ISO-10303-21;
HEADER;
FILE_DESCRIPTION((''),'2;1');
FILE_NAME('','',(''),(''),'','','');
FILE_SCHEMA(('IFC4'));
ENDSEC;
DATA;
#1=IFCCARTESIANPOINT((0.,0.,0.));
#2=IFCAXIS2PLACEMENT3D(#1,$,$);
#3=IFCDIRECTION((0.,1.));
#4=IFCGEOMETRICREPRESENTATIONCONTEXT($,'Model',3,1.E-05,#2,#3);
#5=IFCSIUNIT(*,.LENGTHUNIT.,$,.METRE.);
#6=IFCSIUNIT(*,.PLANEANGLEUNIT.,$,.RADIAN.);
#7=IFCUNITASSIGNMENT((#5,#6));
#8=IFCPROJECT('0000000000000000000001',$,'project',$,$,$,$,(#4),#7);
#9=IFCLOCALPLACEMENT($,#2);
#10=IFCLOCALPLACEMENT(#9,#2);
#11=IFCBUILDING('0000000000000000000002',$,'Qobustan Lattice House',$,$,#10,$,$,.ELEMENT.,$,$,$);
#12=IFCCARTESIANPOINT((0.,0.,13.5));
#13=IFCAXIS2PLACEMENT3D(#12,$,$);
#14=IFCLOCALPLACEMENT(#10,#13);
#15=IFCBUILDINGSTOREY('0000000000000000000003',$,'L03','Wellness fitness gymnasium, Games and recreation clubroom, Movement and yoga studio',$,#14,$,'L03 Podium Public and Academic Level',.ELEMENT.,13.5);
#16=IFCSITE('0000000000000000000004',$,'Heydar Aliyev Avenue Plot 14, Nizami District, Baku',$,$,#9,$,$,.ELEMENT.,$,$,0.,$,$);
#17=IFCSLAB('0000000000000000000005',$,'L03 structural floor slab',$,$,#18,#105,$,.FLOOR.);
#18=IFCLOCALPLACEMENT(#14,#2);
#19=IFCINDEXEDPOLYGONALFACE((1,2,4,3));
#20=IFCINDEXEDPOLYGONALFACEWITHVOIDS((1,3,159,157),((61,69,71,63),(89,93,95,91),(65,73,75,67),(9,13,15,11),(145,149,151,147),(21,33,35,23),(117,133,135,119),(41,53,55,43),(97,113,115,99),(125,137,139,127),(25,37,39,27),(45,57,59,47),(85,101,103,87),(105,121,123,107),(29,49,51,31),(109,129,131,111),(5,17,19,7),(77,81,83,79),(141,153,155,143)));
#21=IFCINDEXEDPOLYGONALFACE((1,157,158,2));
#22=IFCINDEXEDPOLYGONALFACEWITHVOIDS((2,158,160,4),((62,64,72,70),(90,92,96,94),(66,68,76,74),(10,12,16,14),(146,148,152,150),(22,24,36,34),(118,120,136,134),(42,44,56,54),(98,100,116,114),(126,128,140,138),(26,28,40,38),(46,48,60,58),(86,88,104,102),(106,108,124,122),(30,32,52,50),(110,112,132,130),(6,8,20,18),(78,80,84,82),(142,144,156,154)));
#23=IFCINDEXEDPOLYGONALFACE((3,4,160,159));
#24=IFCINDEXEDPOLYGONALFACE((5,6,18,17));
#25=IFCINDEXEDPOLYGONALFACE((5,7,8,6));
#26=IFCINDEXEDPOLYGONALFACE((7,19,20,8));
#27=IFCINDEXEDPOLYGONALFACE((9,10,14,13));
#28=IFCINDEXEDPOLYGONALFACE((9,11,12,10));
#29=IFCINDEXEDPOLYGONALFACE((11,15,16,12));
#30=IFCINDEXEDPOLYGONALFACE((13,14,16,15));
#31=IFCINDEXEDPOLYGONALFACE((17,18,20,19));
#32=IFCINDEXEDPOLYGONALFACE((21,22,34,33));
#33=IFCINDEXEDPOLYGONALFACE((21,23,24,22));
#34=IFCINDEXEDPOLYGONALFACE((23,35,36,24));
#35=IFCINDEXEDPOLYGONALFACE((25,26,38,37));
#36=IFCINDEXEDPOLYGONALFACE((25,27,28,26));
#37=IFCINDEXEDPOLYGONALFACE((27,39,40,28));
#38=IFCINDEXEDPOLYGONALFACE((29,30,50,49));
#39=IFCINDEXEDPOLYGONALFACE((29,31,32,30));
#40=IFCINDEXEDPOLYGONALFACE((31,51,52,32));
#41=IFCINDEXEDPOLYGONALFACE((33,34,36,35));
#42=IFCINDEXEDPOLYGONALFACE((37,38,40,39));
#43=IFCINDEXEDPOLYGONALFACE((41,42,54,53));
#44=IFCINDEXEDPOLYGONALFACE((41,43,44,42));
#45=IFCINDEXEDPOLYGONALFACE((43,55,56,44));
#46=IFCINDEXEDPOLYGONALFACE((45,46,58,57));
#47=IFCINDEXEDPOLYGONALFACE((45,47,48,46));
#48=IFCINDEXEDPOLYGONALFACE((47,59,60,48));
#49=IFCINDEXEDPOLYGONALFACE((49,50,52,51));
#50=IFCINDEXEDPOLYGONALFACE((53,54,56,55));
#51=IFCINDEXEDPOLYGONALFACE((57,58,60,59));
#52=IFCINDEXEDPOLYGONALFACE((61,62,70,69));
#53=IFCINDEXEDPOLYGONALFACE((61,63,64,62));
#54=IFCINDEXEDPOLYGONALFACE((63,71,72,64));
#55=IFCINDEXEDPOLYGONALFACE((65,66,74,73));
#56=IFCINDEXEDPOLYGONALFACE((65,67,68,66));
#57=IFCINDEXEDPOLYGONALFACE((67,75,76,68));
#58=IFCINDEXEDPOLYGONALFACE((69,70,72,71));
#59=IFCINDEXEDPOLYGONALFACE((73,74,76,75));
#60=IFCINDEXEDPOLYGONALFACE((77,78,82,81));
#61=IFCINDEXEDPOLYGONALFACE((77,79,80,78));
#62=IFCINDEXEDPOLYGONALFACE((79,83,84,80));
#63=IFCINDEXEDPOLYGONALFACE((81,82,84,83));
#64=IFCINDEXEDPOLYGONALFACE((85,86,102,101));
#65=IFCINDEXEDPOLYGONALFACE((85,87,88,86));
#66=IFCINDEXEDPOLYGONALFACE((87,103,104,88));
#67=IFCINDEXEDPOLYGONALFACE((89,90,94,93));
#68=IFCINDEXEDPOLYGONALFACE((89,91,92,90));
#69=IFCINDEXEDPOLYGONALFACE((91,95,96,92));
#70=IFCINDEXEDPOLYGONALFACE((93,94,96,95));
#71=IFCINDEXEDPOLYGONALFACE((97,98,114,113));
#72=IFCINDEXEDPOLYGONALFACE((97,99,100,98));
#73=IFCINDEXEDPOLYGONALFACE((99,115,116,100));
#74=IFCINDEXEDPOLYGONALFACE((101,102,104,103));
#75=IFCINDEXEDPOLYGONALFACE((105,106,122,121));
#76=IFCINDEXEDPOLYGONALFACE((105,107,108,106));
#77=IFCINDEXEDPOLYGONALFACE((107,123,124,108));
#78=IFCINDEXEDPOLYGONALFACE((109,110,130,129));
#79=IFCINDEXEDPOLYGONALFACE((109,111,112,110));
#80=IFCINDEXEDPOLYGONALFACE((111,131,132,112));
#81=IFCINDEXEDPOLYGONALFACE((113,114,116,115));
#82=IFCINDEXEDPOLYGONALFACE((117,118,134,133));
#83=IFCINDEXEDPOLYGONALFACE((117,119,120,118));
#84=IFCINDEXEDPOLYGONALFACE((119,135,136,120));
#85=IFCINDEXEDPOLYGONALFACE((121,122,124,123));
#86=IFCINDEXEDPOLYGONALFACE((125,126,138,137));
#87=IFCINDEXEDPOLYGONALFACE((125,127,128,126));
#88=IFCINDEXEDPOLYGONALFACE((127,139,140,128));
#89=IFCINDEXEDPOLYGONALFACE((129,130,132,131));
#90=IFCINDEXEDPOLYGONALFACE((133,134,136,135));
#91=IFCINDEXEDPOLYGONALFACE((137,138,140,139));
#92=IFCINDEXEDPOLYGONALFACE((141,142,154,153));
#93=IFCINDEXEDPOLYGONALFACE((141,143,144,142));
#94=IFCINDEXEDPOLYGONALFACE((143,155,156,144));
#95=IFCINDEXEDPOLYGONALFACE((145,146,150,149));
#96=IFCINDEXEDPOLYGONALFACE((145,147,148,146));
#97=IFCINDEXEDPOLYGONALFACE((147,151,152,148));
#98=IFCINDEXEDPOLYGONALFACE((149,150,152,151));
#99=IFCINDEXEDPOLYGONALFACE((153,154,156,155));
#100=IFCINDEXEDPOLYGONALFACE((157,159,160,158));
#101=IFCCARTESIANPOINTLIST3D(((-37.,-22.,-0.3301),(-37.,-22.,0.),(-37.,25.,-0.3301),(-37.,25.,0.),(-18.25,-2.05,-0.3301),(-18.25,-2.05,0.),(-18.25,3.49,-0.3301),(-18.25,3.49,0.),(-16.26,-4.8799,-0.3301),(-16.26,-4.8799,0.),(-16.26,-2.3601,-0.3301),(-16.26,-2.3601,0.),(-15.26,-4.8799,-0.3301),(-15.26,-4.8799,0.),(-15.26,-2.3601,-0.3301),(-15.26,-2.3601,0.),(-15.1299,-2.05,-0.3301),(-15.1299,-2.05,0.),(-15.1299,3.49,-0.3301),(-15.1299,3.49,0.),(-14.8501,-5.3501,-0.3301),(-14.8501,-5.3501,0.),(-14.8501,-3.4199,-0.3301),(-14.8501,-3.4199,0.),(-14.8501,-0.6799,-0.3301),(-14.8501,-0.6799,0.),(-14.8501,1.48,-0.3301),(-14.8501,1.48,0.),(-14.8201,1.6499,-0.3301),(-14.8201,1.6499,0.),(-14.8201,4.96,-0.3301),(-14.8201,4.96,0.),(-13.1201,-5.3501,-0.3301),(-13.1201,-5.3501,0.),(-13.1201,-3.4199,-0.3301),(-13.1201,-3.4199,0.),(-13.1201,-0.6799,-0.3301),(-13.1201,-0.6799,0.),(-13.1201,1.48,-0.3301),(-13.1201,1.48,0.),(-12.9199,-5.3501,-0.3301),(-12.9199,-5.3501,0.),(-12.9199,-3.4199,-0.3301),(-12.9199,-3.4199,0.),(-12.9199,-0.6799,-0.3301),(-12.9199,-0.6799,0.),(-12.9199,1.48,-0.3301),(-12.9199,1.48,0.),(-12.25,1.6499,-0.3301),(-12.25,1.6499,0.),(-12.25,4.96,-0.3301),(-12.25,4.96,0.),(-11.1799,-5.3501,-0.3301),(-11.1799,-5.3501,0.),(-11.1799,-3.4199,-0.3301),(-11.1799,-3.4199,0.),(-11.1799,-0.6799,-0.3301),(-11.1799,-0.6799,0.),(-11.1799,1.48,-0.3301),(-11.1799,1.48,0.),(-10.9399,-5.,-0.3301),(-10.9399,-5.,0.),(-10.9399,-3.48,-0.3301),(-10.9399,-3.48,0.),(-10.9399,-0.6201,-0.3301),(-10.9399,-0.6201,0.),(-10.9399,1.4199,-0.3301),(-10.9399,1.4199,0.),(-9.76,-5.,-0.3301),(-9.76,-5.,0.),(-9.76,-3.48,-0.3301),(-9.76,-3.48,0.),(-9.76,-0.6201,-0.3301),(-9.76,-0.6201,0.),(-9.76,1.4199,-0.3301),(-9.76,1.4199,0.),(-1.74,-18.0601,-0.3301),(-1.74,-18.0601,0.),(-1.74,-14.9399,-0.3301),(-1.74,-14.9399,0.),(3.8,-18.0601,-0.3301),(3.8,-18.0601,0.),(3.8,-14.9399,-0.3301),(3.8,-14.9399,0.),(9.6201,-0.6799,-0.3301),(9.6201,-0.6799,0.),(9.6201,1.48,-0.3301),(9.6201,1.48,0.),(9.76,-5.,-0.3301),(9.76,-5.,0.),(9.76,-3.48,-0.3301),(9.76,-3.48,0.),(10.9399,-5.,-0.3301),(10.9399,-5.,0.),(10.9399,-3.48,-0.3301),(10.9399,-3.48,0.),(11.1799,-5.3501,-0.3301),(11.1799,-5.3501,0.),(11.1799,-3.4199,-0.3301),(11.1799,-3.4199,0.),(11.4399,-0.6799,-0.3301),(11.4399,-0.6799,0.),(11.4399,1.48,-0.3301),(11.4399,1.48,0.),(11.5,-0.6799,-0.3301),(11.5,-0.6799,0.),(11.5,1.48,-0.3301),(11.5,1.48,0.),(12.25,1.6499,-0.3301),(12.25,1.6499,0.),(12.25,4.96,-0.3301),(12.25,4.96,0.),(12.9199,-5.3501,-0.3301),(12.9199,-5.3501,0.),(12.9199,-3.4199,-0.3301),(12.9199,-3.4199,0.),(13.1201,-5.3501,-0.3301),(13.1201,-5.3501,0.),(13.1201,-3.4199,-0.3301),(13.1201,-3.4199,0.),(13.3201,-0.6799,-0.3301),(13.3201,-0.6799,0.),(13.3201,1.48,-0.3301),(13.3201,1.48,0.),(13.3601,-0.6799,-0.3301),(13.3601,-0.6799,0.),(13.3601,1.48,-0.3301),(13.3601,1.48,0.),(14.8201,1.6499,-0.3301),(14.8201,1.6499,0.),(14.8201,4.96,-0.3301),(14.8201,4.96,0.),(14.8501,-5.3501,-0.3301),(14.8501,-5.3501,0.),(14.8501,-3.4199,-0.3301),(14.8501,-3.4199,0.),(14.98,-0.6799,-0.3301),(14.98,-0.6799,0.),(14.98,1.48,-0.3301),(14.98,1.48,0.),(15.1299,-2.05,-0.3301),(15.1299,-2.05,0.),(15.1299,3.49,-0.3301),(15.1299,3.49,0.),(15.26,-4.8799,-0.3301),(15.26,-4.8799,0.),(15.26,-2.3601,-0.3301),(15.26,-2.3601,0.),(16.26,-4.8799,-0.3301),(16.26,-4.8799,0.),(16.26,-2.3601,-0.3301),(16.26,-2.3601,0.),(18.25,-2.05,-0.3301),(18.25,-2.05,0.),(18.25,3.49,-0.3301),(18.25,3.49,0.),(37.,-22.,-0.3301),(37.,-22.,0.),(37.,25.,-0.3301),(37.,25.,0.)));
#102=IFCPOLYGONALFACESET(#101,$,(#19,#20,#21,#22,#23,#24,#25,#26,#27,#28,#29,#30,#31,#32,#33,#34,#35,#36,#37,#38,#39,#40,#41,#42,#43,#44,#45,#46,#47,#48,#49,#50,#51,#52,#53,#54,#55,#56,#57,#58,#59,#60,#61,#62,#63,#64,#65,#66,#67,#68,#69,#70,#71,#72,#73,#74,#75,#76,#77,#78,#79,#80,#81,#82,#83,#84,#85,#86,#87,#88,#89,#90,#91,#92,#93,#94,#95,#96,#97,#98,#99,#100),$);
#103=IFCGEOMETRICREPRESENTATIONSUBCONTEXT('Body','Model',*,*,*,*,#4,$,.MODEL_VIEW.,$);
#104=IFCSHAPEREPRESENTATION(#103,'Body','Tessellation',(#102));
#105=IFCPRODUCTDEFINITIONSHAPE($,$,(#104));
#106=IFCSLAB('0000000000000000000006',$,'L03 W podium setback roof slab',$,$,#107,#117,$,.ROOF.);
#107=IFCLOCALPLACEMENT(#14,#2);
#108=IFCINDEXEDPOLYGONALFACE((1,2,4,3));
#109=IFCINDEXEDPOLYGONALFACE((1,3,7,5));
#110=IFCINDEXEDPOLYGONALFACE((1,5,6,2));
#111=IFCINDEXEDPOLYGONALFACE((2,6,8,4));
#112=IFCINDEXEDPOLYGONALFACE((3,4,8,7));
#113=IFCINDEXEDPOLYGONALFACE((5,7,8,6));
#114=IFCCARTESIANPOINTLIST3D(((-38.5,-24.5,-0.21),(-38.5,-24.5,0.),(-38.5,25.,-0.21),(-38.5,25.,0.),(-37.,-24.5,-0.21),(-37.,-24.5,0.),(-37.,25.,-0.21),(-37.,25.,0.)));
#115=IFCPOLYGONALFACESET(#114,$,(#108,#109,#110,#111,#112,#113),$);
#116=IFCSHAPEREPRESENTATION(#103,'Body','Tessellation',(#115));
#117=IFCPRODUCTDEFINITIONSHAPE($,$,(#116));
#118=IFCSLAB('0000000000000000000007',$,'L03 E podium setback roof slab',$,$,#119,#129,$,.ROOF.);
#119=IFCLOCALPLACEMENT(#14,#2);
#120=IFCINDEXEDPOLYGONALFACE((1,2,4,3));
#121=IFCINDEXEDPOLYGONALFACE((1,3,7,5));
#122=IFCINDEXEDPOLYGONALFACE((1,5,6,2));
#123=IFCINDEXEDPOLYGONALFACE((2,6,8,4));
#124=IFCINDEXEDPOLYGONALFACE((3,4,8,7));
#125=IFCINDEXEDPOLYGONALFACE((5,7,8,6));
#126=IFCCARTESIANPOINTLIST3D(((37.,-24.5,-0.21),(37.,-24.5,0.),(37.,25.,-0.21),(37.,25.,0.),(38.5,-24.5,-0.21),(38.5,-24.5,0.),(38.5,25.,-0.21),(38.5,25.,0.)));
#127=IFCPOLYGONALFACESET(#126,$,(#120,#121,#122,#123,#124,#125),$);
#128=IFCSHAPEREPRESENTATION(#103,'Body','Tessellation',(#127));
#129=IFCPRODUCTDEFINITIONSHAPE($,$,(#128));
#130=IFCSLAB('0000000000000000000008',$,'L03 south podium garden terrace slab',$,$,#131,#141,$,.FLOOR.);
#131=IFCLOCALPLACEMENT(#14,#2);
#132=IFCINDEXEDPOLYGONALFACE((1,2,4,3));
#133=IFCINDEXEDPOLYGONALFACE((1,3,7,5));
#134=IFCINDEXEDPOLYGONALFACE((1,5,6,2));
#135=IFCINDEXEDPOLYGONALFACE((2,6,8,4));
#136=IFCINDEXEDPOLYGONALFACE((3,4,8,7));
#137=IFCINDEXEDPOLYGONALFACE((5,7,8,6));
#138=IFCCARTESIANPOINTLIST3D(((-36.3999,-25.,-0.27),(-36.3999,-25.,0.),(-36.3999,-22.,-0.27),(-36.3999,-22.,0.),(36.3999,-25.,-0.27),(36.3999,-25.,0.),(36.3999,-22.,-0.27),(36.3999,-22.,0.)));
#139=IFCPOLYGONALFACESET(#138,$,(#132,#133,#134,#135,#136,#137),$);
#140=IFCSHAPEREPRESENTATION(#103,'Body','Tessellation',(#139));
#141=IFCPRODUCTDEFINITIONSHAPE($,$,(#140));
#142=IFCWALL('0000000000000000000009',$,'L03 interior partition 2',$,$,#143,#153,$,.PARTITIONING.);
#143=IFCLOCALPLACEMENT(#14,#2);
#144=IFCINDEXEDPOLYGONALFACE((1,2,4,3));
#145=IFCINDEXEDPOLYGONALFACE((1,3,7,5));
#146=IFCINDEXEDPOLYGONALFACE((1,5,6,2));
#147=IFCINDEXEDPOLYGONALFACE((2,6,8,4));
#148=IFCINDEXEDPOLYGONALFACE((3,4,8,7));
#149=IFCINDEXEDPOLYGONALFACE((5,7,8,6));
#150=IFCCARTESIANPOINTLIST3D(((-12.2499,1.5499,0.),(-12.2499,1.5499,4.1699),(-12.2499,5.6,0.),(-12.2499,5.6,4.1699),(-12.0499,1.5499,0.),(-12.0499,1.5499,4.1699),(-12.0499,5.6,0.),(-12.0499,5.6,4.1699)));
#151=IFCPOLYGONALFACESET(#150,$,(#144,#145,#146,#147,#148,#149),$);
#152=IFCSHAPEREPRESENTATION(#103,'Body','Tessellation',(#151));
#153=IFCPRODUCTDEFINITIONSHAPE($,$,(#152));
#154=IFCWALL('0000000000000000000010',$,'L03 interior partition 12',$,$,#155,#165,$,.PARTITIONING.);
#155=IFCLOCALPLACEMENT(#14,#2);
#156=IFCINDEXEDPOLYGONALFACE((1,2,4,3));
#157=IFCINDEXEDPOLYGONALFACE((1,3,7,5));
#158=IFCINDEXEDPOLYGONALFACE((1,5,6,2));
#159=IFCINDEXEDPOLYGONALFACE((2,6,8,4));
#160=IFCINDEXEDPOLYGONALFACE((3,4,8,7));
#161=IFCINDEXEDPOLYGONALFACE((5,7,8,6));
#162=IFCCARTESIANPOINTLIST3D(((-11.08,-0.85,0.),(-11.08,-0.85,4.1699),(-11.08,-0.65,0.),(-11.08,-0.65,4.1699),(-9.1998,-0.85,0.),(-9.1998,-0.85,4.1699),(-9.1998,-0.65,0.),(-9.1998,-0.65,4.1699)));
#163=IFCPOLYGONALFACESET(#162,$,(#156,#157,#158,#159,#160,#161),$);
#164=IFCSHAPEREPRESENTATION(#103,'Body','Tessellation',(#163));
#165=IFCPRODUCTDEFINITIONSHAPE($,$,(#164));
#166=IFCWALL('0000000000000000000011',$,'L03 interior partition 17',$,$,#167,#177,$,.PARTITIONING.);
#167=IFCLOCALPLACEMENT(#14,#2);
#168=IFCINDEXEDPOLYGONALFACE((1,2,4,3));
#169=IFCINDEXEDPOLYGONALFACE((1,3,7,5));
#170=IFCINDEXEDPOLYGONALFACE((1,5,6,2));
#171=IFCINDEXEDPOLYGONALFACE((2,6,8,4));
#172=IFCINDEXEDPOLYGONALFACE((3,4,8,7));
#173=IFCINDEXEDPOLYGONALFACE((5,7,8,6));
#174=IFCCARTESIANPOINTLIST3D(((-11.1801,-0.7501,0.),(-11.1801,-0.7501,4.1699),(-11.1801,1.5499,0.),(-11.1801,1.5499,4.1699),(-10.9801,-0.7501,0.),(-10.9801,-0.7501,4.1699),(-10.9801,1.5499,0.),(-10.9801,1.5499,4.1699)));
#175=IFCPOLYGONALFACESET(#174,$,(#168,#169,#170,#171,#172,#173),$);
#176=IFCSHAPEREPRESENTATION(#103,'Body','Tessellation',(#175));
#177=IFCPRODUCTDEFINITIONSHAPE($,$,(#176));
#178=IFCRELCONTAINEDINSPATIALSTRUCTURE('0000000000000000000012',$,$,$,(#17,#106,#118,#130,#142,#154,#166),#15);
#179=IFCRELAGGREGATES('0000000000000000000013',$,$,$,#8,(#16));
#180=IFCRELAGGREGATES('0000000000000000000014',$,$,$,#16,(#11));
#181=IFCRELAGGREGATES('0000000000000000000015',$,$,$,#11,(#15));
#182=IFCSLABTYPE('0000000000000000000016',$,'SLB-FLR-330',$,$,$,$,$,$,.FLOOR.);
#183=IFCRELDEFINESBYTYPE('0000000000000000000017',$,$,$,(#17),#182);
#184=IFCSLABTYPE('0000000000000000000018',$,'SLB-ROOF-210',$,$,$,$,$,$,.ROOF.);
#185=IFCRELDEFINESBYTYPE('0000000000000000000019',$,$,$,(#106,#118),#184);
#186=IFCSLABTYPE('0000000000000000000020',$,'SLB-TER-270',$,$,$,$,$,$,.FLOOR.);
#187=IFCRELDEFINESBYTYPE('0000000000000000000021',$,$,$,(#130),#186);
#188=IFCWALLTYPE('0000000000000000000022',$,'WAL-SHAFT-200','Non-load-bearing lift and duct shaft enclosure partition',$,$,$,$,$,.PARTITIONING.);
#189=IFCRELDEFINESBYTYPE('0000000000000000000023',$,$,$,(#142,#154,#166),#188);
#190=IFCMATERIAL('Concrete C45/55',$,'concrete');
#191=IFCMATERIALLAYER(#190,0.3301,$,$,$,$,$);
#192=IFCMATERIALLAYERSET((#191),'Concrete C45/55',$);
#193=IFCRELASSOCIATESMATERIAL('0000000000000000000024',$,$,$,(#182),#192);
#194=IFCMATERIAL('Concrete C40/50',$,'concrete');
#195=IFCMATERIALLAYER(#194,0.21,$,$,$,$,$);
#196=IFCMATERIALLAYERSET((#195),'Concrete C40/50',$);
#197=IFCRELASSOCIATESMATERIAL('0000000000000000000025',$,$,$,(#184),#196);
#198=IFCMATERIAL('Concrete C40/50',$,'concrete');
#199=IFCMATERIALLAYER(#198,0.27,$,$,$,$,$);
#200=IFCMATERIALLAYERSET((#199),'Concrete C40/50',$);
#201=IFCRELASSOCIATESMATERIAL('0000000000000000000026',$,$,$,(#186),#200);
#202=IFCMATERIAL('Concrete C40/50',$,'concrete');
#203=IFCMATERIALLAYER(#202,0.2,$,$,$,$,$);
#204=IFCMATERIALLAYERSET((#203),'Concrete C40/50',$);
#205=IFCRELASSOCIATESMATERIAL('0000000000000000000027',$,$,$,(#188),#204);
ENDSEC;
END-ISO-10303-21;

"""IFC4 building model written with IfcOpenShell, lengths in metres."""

from ifc_helpers import new_model, si_unit, direction, frame, frame_2d, origin, place, context, subcontext, project, spatial, polyline, rectangle, outline, extrude, material, layer, layer_set, type_object, element, save


model = new_model("IFC4")

# Units and contexts
model_context = context("Model", 3, precision=1e-05, world=origin(), true_north=direction((0.0, 1.0)))
body_context = subcontext(model_context, "Body", "Model", "MODEL_VIEW")
ifc_project = project(units=[si_unit("LENGTHUNIT", "METRE"), si_unit("PLANEANGLEUNIT", "RADIAN")], contexts=[model_context])

# Site, building, storey
site_placement = place(None, origin())
site = spatial("IfcSite", under=ifc_project, at=site_placement, Name="Heydar Aliyev Avenue Plot 14, Nizami District, Baku", CompositionType="ELEMENT", RefElevation=0.0)
building_placement = place(site_placement, origin())
building = spatial("IfcBuilding", under=site, at=building_placement, Name="Qobustan Lattice House", CompositionType="ELEMENT")
storey_placement = place(building_placement, frame((0.0, 0.0, 13.5)))
storey = spatial("IfcBuildingStorey", under=building, at=storey_placement, Name="L03", Description="Wellness fitness gymnasium, Games and recreation clubroom, Movement and yoga studio", LongName="L03 Podium Public and Academic Level", CompositionType="ELEMENT", Elevation=13.5)

# Slabs
ifc_material_1 = material(Name="Concrete C45/55", Category="concrete")
ifc_layer_1 = layer(ifc_material_1, 0.3301)
ifc_layer_set_1 = layer_set([ifc_layer_1], Name="Concrete C45/55")
slab_type_1 = type_object("IfcSlabType", Name="SLB-FLR-330", PredefinedType="FLOOR", material=ifc_layer_set_1)
slab_1_placement = place(storey_placement, frame((0.0, 0.0, -0.3301)))
element("IfcSlab", 1, at=slab_1_placement, inside=storey, type_object=slab_type_1, Name="L03 structural floor slab", PredefinedType="FLOOR", context=body_context, shape_type="SweptSolid", body=[
    extrude(outline(polyline([(-37.0, -22.0), (37.0, -22.0), (37.0, 25.0), (-37.0, 25.0), (-37.0, -22.0)]), holes=[polyline([(-18.25, -2.05), (-18.25, 3.49), (-15.1299, 3.49), (-15.1299, -2.05), (-18.25, -2.05)]), polyline([(15.1299, -2.05), (15.1299, 3.49), (18.25, 3.49), (18.25, -2.05), (15.1299, -2.05)]), polyline([(-14.8201, 1.6499), (-14.8201, 4.96), (-12.25, 4.96), (-12.25, 1.6499), (-14.8201, 1.6499)]), polyline([(12.25, 1.6499), (12.25, 4.96), (14.8201, 4.96), (14.8201, 1.6499), (12.25, 1.6499)]), polyline([(-16.26, -4.8799), (-16.26, -2.3601), (-15.26, -2.3601), (-15.26, -4.8799), (-16.26, -4.8799)]), polyline([(15.26, -4.8799), (15.26, -2.3601), (16.26, -2.3601), (16.26, -4.8799), (15.26, -4.8799)]), polyline([(-14.8501, -5.3501), (-14.8501, -3.4199), (-13.1201, -3.4199), (-13.1201, -5.3501), (-14.8501, -5.3501)]), polyline([(-12.9199, -5.3501), (-12.9199, -3.4199), (-11.1799, -3.4199), (-11.1799, -5.3501), (-12.9199, -5.3501)]), polyline([(-14.8501, -0.6799), (-14.8501, 1.48), (-13.1201, 1.48), (-13.1201, -0.6799), (-14.8501, -0.6799)]), polyline([(-12.9199, -0.6799), (-12.9199, 1.48), (-11.1799, 1.48), (-11.1799, -0.6799), (-12.9199, -0.6799)]), polyline([(-10.9399, -5.0), (-10.9399, -3.48), (-9.76, -3.48), (-9.76, -5.0), (-10.9399, -5.0)]), polyline([(-10.9399, -0.6201), (-10.9399, 1.4199), (-9.76, 1.4199), (-9.76, -0.6201), (-10.9399, -0.6201)]), polyline([(11.1799, -5.3501), (11.1799, -3.4199), (12.9199, -3.4199), (12.9199, -5.3501), (11.1799, -5.3501)]), polyline([(13.1201, -5.3501), (13.1201, -3.4199), (14.8501, -3.4199), (14.8501, -5.3501), (13.1201, -5.3501)]), polyline([(9.76, -5.0), (9.76, -3.48), (10.9399, -3.48), (10.9399, -5.0), (9.76, -5.0)]), polyline([(13.3601, -0.6799), (13.3601, 1.48), (14.98, 1.48), (14.98, -0.6799), (13.3601, -0.6799)]), polyline([(9.6201, -0.6799), (9.6201, 1.48), (11.4399, 1.48), (11.4399, -0.6799), (9.6201, -0.6799)]), polyline([(11.5, -0.6799), (11.5, 1.48), (13.3201, 1.48), (13.3201, -0.6799), (11.5, -0.6799)]), polyline([(-1.74, -18.0601), (-1.74, -14.9399), (3.8, -14.9399), (3.8, -18.0601), (-1.74, -18.0601)])]), origin(), (0.0, 0.0, 1.0), 0.3301),
])
ifc_material_2 = material(Name="Concrete C40/50", Category="concrete")
ifc_layer_2 = layer(ifc_material_2, 0.21)
ifc_layer_set_2 = layer_set([ifc_layer_2], Name="Concrete C40/50")
slab_type_2 = type_object("IfcSlabType", Name="SLB-ROOF-210", PredefinedType="ROOF", material=ifc_layer_set_2)
slab_2_placement = place(storey_placement, frame((0.0, 0.0, -0.21)))
element("IfcSlab", 2, at=slab_2_placement, inside=storey, type_object=slab_type_2, Name="L03 W podium setback roof slab", PredefinedType="ROOF", context=body_context, shape_type="SweptSolid", body=[
    extrude(outline(polyline([(-38.5, -24.5), (-37.0, -24.5), (-37.0, 25.0), (-38.5, 25.0), (-38.5, -24.5)])), origin(), (0.0, 0.0, 1.0), 0.21),
])
slab_3_placement = place(storey_placement, frame((0.0, 0.0, -0.21)))
element("IfcSlab", 3, at=slab_3_placement, inside=storey, type_object=slab_type_2, Name="L03 E podium setback roof slab", PredefinedType="ROOF", context=body_context, shape_type="SweptSolid", body=[
    extrude(outline(polyline([(37.0, -24.5), (38.5, -24.5), (38.5, 25.0), (37.0, 25.0), (37.0, -24.5)])), origin(), (0.0, 0.0, 1.0), 0.21),
])
ifc_material_3 = material(Name="Concrete C40/50", Category="concrete")
ifc_layer_3 = layer(ifc_material_3, 0.27)
ifc_layer_set_3 = layer_set([ifc_layer_3], Name="Concrete C40/50")
slab_type_3 = type_object("IfcSlabType", Name="SLB-TER-270", PredefinedType="FLOOR", material=ifc_layer_set_3)
slab_4_placement = place(storey_placement, frame((0.0, 0.0, -0.27)))
element("IfcSlab", 4, at=slab_4_placement, inside=storey, type_object=slab_type_3, Name="L03 south podium garden terrace slab", PredefinedType="FLOOR", context=body_context, shape_type="SweptSolid", body=[
    extrude(outline(polyline([(-36.3999, -25.0), (36.3999, -25.0), (36.3999, -22.0), (-36.3999, -22.0), (-36.3999, -25.0)])), origin(), (0.0, 0.0, 1.0), 0.27),
])

# Walls
ifc_material_4 = material(Name="Concrete C40/50", Category="concrete")
ifc_layer_4 = layer(ifc_material_4, 0.2)
ifc_layer_set_4 = layer_set([ifc_layer_4], Name="Concrete C40/50")
wall_type = type_object("IfcWallType", Name="WAL-SHAFT-200", Description="Non-load-bearing lift and duct shaft enclosure partition", PredefinedType="PARTITIONING", material=ifc_layer_set_4)
wall_1_placement = place(storey_placement, frame((-12.1499, 1.55, 0.0), z_axis=(0.0, 0.0, 1.0), x_axis=(0.0, 1.0, 0.0)))
element("IfcWall", 5, at=wall_1_placement, inside=storey, type_object=wall_type, Name="L03 interior partition 2", PredefinedType="PARTITIONING", context=body_context, shape_type="SweptSolid", body=[
    extrude(rectangle(XDim=4.05, YDim=0.2, at=frame_2d((2.0249, 0.0))), origin(), (0.0, 0.0, 1.0), 4.1699),
])
wall_2_placement = place(storey_placement, frame((-9.2, -0.75, 0.0), z_axis=(0.0, 0.0, 1.0), x_axis=(-1.0, 0.0, 0.0)))
element("IfcWall", 6, at=wall_2_placement, inside=storey, type_object=wall_type, Name="L03 interior partition 12", PredefinedType="PARTITIONING", context=body_context, shape_type="SweptSolid", body=[
    extrude(rectangle(XDim=1.8801, YDim=0.2, at=frame_2d((0.9399, 0.0))), origin(), (0.0, 0.0, 1.0), 4.1699),
])
wall_3_placement = place(storey_placement, frame((-11.0801, -0.75, 0.0), z_axis=(0.0, 0.0, 1.0), x_axis=(0.0, 1.0, 0.0)))
element("IfcWall", 7, at=wall_3_placement, inside=storey, type_object=wall_type, Name="L03 interior partition 17", PredefinedType="PARTITIONING", context=body_context, shape_type="SweptSolid", body=[
    extrude(rectangle(XDim=2.3, YDim=0.2, at=frame_2d((1.1499, 0.0))), origin(), (0.0, 0.0, 1.0), 4.1699),
])

save(model, "model.ifc")
